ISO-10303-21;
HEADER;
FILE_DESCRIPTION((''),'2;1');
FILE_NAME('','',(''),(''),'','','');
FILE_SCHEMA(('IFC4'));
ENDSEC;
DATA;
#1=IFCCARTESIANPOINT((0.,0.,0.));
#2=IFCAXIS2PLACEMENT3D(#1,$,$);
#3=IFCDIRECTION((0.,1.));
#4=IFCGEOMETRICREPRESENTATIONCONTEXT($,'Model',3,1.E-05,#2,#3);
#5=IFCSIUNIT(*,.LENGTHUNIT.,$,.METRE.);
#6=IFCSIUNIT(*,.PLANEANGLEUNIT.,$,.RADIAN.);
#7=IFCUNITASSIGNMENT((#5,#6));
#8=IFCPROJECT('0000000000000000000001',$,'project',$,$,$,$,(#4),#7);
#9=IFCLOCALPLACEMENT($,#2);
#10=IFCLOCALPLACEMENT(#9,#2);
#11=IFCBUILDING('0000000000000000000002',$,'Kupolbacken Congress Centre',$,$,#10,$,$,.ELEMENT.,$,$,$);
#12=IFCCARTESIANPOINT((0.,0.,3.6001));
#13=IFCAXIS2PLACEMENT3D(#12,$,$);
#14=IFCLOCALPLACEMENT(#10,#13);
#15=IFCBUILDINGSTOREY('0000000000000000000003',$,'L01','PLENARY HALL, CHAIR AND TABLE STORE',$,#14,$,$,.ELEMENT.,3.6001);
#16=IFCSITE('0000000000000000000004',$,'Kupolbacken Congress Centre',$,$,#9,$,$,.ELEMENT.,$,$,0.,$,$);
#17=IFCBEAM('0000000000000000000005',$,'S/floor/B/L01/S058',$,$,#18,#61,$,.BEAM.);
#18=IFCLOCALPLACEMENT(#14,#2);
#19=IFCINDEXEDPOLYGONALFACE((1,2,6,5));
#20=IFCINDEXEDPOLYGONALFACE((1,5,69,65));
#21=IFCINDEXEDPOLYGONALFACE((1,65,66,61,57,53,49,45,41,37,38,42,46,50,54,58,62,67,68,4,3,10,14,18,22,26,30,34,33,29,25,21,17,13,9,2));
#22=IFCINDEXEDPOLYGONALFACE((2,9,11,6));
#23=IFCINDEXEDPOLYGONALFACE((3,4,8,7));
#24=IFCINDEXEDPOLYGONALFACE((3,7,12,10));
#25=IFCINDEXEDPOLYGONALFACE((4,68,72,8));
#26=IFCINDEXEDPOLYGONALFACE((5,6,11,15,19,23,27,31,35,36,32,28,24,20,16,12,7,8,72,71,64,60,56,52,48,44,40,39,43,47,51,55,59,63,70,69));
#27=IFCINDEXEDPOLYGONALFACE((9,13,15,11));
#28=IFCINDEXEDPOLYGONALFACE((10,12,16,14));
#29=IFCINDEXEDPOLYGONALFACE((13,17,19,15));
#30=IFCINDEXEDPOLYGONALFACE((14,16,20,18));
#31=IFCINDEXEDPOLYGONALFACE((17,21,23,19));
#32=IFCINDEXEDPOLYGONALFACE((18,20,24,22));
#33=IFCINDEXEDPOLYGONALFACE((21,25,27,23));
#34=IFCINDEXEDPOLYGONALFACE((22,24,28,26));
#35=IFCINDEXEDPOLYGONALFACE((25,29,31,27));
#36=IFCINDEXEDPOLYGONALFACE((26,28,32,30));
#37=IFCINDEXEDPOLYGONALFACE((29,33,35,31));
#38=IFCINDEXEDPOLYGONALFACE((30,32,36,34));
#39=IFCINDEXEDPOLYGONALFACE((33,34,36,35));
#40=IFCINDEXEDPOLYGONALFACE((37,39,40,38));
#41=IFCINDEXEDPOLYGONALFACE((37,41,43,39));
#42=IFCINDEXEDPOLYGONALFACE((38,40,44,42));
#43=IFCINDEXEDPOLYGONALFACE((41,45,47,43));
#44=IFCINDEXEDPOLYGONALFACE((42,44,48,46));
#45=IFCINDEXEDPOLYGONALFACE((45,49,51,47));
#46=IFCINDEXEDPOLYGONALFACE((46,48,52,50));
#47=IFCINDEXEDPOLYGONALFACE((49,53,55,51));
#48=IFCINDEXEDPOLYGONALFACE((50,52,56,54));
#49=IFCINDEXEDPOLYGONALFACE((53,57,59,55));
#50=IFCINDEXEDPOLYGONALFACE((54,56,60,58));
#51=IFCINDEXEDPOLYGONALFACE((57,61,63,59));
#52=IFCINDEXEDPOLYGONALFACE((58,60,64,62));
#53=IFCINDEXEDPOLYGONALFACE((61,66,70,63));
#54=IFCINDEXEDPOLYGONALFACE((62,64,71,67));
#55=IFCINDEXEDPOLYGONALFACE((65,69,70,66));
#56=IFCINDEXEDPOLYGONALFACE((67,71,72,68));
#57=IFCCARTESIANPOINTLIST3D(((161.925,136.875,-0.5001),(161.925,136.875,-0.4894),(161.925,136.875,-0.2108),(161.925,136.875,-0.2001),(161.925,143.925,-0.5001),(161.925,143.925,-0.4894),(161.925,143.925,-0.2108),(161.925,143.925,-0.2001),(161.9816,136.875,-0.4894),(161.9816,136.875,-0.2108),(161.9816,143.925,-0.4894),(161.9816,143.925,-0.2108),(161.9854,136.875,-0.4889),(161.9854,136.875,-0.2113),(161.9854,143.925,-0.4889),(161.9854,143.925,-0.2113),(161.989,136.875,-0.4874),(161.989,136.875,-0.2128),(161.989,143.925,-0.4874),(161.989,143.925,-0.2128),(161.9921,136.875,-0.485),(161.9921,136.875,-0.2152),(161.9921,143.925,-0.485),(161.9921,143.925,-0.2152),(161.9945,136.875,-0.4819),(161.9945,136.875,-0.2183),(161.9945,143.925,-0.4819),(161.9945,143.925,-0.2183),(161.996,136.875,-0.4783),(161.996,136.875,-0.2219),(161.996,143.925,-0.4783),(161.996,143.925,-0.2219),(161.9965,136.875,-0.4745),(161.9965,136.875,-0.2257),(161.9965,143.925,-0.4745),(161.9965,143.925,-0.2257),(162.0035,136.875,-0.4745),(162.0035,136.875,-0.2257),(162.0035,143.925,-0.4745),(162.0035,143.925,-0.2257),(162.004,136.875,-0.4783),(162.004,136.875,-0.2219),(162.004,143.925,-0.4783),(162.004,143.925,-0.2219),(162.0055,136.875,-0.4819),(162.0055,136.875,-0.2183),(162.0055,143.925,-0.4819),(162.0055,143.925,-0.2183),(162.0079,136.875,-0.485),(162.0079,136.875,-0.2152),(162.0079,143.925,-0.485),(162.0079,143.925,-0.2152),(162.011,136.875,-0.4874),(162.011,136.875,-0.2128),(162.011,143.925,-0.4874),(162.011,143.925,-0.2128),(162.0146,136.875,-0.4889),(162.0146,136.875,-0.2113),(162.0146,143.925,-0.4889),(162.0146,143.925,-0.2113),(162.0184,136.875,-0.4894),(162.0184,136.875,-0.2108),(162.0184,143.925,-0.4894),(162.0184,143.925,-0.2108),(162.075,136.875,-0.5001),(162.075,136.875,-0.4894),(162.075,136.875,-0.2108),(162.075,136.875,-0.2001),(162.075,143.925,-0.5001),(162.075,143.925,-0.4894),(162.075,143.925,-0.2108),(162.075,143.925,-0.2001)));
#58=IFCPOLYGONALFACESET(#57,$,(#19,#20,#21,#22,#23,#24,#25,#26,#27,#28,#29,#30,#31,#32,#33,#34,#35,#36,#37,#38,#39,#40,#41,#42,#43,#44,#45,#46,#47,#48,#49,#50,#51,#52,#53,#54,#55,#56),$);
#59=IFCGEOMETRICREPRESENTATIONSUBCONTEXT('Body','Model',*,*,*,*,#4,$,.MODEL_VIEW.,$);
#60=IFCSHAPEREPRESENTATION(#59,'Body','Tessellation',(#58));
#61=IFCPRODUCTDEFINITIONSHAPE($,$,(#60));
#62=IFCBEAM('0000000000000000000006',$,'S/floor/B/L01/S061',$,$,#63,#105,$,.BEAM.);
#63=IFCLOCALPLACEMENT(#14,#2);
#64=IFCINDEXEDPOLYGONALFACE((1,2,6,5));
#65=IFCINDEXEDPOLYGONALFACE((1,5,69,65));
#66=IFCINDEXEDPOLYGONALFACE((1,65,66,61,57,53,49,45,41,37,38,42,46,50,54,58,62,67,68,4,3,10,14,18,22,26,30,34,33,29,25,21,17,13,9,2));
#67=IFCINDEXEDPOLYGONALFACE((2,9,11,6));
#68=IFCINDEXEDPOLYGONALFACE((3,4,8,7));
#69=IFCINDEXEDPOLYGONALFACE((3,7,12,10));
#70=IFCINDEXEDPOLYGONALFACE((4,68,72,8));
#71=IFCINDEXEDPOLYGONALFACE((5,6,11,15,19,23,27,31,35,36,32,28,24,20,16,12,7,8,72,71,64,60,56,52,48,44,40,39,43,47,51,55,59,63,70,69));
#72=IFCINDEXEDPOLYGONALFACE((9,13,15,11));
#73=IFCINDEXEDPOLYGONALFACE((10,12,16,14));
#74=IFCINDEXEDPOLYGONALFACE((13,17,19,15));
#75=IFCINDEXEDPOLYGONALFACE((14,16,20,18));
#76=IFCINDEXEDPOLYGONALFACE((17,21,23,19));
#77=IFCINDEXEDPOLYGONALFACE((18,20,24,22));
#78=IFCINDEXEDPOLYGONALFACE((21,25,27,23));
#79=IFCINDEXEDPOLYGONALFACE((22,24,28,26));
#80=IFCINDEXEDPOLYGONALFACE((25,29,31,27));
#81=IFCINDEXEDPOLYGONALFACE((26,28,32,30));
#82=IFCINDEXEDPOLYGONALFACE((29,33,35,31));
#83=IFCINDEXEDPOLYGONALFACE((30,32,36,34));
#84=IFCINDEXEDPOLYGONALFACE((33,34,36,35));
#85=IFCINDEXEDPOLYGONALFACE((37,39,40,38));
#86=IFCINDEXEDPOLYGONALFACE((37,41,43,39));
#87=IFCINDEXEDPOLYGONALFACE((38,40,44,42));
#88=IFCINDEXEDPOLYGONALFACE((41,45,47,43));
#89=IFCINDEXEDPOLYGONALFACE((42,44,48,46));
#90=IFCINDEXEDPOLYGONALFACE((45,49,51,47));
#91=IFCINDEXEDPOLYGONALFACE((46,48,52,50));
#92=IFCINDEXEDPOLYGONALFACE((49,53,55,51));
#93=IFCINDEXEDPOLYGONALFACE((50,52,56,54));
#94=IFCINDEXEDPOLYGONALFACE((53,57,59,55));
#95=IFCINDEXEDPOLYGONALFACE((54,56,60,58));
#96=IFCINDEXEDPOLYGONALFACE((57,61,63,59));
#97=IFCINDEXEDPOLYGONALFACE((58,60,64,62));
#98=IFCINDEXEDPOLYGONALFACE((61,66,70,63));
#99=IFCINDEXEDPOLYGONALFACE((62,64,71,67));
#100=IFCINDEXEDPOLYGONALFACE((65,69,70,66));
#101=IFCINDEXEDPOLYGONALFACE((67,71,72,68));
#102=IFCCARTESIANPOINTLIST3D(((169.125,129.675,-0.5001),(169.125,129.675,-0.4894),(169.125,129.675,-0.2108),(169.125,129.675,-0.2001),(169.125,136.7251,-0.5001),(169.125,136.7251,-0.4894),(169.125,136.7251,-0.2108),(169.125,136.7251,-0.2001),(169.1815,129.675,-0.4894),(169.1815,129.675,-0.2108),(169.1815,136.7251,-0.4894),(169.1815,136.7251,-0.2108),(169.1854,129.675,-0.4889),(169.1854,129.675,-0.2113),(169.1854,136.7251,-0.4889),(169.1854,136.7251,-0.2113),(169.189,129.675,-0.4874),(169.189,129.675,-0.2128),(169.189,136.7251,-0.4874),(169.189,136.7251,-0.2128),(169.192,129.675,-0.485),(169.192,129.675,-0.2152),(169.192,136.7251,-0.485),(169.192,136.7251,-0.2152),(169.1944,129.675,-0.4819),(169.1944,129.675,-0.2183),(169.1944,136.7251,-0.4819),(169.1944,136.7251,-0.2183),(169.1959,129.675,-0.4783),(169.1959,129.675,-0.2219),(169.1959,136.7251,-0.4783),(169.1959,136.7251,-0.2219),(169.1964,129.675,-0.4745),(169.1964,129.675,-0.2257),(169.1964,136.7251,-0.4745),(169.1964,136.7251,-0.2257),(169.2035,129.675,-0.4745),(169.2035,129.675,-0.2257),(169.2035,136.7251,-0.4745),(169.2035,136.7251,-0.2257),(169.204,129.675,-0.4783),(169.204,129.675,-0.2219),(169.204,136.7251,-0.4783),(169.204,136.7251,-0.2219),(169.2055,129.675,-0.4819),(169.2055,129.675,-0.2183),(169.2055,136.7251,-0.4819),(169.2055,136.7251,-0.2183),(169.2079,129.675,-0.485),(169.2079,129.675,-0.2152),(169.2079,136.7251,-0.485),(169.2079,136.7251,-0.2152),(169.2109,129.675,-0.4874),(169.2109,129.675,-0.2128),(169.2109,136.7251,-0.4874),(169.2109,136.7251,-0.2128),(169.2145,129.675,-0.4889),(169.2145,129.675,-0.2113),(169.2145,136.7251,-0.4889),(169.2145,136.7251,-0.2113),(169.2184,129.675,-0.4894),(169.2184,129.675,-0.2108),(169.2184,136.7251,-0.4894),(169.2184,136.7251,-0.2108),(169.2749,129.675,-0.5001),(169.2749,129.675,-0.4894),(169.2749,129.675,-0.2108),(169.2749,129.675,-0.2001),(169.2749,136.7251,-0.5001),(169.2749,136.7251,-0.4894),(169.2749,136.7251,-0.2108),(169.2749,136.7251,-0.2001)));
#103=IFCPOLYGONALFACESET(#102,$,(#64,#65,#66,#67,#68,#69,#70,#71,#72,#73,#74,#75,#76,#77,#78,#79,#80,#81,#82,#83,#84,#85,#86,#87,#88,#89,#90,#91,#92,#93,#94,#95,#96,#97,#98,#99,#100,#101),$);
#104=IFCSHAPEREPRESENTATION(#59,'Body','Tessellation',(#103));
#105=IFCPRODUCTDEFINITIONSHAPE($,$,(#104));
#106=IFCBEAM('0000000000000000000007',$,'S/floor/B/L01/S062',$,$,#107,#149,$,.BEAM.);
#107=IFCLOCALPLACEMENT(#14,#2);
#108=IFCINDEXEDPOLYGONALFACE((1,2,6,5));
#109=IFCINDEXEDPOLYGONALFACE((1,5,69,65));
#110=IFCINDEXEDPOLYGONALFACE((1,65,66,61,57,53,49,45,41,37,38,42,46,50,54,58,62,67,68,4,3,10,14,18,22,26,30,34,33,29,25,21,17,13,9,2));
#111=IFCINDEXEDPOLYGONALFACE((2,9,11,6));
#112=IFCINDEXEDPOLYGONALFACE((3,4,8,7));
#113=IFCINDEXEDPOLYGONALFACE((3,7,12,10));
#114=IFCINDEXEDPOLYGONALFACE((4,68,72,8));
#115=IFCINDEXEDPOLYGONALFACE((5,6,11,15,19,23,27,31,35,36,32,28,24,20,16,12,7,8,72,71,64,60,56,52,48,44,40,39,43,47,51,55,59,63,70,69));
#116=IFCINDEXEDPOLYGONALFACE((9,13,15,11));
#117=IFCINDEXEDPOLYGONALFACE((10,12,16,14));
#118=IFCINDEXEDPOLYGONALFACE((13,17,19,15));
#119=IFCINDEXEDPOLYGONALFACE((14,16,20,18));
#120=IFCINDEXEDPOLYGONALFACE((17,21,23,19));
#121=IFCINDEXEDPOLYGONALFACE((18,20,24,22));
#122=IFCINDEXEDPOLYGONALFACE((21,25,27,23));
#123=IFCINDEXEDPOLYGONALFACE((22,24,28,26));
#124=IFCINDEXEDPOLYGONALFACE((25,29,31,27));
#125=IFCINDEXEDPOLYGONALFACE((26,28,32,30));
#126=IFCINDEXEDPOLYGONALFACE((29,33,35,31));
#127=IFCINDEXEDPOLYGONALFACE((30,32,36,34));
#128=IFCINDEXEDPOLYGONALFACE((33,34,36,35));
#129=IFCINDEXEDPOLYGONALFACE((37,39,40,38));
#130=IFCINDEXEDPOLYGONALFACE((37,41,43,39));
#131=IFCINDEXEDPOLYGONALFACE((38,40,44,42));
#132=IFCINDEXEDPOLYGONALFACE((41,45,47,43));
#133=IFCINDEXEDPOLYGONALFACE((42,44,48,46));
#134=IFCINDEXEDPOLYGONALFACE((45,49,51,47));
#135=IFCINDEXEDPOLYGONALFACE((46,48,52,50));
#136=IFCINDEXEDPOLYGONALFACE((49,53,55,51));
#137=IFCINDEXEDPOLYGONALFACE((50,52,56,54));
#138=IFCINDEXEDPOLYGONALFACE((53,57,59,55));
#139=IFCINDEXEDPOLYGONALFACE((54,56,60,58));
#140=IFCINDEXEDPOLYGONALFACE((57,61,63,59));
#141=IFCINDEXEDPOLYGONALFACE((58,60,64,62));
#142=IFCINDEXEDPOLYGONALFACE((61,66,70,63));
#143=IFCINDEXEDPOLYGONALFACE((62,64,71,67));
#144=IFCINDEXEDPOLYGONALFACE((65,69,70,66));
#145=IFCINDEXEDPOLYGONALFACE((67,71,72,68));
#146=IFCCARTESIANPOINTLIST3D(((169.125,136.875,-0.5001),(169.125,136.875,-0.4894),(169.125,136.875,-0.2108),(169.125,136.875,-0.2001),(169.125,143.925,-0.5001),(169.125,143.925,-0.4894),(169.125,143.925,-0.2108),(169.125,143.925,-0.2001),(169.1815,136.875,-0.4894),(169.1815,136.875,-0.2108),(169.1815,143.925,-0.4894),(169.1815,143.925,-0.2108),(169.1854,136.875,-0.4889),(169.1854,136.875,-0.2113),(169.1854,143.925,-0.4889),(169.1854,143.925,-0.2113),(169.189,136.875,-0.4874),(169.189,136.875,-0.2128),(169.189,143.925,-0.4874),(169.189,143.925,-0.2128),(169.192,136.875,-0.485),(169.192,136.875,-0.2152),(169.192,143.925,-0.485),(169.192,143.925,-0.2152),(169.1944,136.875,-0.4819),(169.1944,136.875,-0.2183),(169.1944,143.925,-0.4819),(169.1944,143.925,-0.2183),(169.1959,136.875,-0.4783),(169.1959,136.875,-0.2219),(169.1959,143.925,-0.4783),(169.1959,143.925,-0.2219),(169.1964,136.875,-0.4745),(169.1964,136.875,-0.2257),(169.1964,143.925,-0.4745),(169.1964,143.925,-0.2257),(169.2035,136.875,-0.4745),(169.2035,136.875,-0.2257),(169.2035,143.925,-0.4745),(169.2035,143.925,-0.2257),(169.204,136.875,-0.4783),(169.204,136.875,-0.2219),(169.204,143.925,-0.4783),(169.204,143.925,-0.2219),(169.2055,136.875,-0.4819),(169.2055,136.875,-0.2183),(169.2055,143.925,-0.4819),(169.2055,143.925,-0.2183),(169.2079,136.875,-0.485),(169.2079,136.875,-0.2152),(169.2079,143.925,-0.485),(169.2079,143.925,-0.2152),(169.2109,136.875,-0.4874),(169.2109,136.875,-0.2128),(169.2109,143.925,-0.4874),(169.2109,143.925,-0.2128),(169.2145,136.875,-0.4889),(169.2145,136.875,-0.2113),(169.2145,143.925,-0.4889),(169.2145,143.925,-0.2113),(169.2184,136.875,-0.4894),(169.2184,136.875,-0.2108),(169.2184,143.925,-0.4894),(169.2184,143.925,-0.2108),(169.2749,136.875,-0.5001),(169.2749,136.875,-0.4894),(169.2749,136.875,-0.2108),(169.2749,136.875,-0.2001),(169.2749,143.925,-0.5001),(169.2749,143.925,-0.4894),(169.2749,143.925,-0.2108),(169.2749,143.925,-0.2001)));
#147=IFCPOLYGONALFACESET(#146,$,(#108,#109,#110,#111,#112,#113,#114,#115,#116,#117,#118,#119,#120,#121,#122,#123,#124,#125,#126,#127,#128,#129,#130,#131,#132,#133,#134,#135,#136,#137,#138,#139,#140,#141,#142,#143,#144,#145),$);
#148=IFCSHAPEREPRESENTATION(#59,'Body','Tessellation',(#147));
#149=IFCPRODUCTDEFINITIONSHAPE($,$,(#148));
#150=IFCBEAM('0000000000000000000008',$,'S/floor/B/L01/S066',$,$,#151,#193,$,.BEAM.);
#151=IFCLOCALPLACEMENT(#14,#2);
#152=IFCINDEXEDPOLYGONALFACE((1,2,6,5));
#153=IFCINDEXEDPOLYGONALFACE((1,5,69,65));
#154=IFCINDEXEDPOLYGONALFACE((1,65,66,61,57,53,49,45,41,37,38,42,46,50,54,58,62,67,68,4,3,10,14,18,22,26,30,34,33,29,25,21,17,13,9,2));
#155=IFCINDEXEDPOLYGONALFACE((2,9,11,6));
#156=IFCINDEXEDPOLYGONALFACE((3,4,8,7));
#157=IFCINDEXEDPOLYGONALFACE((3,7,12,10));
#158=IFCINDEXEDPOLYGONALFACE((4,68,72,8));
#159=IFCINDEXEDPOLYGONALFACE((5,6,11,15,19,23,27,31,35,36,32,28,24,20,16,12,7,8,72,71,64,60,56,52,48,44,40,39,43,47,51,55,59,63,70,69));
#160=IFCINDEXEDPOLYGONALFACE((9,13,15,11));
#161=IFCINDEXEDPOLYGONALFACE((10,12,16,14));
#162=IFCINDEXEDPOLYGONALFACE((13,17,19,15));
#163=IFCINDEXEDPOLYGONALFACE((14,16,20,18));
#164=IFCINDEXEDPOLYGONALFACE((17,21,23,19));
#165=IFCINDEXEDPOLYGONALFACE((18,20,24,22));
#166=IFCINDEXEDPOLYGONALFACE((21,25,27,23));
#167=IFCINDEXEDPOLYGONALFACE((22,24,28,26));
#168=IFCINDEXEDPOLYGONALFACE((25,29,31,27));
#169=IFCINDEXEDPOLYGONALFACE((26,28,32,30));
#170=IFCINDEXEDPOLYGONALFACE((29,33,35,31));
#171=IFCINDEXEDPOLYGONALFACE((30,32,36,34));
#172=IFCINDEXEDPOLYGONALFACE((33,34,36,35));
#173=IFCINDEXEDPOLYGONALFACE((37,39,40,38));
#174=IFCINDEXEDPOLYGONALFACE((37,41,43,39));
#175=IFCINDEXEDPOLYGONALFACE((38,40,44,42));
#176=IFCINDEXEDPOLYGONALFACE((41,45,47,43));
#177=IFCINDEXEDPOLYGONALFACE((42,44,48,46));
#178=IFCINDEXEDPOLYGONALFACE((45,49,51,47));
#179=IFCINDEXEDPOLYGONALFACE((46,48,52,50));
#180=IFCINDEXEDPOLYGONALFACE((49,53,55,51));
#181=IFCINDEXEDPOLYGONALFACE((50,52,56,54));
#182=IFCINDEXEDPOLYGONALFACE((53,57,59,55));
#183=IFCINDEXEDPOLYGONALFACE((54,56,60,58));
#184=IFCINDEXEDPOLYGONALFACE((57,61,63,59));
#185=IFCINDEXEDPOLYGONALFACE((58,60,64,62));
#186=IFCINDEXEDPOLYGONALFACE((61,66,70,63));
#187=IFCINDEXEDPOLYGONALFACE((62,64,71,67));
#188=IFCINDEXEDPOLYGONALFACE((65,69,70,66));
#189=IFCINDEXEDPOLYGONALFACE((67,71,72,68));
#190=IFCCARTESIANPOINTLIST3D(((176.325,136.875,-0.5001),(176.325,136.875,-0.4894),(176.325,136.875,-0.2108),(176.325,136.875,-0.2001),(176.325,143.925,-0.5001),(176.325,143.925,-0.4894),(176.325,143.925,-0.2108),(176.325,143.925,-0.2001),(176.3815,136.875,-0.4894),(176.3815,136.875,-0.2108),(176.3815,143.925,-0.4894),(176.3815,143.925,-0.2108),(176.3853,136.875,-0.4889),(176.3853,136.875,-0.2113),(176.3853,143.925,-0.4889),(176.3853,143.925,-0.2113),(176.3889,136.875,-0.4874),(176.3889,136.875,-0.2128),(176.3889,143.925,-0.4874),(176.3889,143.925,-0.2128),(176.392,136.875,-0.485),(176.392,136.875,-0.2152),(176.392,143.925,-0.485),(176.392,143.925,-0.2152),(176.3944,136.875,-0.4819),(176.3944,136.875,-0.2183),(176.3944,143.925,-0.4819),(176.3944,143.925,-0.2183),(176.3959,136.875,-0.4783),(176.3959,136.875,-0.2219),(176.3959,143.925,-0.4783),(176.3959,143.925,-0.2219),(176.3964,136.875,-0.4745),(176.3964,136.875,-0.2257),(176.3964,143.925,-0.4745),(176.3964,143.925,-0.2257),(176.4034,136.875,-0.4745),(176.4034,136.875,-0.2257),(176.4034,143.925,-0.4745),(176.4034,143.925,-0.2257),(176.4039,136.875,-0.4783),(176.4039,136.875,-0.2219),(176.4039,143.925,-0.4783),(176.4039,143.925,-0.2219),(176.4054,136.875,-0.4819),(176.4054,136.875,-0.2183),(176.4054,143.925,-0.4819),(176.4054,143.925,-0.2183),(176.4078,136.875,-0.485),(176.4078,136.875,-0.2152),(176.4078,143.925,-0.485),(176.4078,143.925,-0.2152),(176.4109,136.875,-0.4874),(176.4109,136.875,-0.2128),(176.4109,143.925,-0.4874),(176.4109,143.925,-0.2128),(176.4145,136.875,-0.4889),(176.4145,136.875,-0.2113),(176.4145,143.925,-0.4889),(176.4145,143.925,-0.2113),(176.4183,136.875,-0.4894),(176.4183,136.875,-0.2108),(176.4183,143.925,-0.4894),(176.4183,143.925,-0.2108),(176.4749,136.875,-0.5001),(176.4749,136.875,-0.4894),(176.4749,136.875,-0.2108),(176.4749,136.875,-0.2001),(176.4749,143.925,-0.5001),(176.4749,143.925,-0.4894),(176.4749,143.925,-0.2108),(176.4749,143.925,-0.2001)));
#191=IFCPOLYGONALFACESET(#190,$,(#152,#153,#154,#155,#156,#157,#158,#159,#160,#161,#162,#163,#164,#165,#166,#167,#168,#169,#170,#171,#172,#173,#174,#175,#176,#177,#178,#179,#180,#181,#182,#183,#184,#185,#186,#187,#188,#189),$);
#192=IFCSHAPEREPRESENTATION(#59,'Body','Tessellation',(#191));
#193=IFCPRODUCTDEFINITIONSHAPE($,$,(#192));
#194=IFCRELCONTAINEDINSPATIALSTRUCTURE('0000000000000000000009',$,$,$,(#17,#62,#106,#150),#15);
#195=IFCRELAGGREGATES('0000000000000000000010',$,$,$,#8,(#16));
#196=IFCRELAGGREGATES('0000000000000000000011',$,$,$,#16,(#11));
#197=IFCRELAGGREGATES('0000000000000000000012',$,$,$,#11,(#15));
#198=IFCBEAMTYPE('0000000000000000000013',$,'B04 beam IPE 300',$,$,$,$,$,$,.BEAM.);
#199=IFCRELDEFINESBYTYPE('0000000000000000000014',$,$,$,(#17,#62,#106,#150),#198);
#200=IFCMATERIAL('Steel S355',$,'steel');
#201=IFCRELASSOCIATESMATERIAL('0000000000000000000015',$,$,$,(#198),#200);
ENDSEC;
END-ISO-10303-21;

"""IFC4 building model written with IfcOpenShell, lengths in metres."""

from ifc_helpers import new_model, si_unit, direction, frame, origin, origin_2d, place, context, subcontext, project, spatial, i_section, extrude, material, material_profile, profile_set, type_object, element, save


model = new_model("IFC4")

# Units and contexts
model_context = context("Model", 3, precision=1e-05, world=origin(), true_north=direction((0.0, 1.0)))
body_context = subcontext(model_context, "Body", "Model", "MODEL_VIEW")
ifc_project = project(units=[si_unit("LENGTHUNIT", "METRE"), si_unit("PLANEANGLEUNIT", "RADIAN")], contexts=[model_context])

# Site, building, storey
site_placement = place(None, origin())
site = spatial("IfcSite", under=ifc_project, at=site_placement, Name="Kupolbacken Congress Centre", CompositionType="ELEMENT", RefElevation=0.0)
building_placement = place(site_placement, origin())
building = spatial("IfcBuilding", under=site, at=building_placement, Name="Kupolbacken Congress Centre", CompositionType="ELEMENT")
storey_placement = place(building_placement, frame((0.0, 0.0, 3.6001)))
storey = spatial("IfcBuildingStorey", under=building, at=storey_placement, Name="L01", Description="PLENARY HALL, CHAIR AND TABLE STORE", CompositionType="ELEMENT", Elevation=3.6001)

# Beams
ifc_material_1 = material(Name="Steel S355", Category="steel")
ifc_material_profile_1 = material_profile(ifc_material_1, i_section(OverallWidth=0.1499, OverallDepth=0.3, WebThickness=0.0071, FlangeThickness=0.0107, FilletRadius=0.0149, at=origin_2d()), Name="IPE 300")
ifc_profile_set_1 = profile_set([ifc_material_profile_1], Name="Steel S355")
beam_type_1 = type_object("IfcBeamType", Name="B04 beam IPE 300", PredefinedType="BEAM", material=ifc_profile_set_1)
for number, where, z_axis, x_axis, name in (
    (1, (162.0, 136.875, -0.3501), (0.0, 1.0, 0.0), (-1.0, 0.0, 0.0), "S/floor/B/L01/S058"),
    (2, (169.2, 129.675, -0.3501), (0.0, 1.0, 0.0), (-1.0, 0.0, 0.0), "S/floor/B/L01/S061"),
    (3, (169.2, 136.875, -0.3501), (0.0, 1.0, 0.0), (-1.0, 0.0, 0.0), "S/floor/B/L01/S062"),
    (4, (176.3999, 136.875, -0.3501), (0.0, 1.0, 0.0), (-1.0, 0.0, 0.0), "S/floor/B/L01/S066"),
):
    element("IfcBeam", number, at=place(storey_placement, frame(where, z_axis=z_axis, x_axis=x_axis)), inside=storey, type_object=beam_type_1, Name=name, PredefinedType="BEAM", context=body_context, shape_type="SweptSolid", body=[
        extrude(i_section(OverallWidth=0.1499, OverallDepth=0.3, WebThickness=0.0071, FlangeThickness=0.0107, FilletRadius=0.0149, at=origin_2d()), origin(), (0.0, 0.0, 1.0), 7.05),
    ])

save(model, "model.ifc")
